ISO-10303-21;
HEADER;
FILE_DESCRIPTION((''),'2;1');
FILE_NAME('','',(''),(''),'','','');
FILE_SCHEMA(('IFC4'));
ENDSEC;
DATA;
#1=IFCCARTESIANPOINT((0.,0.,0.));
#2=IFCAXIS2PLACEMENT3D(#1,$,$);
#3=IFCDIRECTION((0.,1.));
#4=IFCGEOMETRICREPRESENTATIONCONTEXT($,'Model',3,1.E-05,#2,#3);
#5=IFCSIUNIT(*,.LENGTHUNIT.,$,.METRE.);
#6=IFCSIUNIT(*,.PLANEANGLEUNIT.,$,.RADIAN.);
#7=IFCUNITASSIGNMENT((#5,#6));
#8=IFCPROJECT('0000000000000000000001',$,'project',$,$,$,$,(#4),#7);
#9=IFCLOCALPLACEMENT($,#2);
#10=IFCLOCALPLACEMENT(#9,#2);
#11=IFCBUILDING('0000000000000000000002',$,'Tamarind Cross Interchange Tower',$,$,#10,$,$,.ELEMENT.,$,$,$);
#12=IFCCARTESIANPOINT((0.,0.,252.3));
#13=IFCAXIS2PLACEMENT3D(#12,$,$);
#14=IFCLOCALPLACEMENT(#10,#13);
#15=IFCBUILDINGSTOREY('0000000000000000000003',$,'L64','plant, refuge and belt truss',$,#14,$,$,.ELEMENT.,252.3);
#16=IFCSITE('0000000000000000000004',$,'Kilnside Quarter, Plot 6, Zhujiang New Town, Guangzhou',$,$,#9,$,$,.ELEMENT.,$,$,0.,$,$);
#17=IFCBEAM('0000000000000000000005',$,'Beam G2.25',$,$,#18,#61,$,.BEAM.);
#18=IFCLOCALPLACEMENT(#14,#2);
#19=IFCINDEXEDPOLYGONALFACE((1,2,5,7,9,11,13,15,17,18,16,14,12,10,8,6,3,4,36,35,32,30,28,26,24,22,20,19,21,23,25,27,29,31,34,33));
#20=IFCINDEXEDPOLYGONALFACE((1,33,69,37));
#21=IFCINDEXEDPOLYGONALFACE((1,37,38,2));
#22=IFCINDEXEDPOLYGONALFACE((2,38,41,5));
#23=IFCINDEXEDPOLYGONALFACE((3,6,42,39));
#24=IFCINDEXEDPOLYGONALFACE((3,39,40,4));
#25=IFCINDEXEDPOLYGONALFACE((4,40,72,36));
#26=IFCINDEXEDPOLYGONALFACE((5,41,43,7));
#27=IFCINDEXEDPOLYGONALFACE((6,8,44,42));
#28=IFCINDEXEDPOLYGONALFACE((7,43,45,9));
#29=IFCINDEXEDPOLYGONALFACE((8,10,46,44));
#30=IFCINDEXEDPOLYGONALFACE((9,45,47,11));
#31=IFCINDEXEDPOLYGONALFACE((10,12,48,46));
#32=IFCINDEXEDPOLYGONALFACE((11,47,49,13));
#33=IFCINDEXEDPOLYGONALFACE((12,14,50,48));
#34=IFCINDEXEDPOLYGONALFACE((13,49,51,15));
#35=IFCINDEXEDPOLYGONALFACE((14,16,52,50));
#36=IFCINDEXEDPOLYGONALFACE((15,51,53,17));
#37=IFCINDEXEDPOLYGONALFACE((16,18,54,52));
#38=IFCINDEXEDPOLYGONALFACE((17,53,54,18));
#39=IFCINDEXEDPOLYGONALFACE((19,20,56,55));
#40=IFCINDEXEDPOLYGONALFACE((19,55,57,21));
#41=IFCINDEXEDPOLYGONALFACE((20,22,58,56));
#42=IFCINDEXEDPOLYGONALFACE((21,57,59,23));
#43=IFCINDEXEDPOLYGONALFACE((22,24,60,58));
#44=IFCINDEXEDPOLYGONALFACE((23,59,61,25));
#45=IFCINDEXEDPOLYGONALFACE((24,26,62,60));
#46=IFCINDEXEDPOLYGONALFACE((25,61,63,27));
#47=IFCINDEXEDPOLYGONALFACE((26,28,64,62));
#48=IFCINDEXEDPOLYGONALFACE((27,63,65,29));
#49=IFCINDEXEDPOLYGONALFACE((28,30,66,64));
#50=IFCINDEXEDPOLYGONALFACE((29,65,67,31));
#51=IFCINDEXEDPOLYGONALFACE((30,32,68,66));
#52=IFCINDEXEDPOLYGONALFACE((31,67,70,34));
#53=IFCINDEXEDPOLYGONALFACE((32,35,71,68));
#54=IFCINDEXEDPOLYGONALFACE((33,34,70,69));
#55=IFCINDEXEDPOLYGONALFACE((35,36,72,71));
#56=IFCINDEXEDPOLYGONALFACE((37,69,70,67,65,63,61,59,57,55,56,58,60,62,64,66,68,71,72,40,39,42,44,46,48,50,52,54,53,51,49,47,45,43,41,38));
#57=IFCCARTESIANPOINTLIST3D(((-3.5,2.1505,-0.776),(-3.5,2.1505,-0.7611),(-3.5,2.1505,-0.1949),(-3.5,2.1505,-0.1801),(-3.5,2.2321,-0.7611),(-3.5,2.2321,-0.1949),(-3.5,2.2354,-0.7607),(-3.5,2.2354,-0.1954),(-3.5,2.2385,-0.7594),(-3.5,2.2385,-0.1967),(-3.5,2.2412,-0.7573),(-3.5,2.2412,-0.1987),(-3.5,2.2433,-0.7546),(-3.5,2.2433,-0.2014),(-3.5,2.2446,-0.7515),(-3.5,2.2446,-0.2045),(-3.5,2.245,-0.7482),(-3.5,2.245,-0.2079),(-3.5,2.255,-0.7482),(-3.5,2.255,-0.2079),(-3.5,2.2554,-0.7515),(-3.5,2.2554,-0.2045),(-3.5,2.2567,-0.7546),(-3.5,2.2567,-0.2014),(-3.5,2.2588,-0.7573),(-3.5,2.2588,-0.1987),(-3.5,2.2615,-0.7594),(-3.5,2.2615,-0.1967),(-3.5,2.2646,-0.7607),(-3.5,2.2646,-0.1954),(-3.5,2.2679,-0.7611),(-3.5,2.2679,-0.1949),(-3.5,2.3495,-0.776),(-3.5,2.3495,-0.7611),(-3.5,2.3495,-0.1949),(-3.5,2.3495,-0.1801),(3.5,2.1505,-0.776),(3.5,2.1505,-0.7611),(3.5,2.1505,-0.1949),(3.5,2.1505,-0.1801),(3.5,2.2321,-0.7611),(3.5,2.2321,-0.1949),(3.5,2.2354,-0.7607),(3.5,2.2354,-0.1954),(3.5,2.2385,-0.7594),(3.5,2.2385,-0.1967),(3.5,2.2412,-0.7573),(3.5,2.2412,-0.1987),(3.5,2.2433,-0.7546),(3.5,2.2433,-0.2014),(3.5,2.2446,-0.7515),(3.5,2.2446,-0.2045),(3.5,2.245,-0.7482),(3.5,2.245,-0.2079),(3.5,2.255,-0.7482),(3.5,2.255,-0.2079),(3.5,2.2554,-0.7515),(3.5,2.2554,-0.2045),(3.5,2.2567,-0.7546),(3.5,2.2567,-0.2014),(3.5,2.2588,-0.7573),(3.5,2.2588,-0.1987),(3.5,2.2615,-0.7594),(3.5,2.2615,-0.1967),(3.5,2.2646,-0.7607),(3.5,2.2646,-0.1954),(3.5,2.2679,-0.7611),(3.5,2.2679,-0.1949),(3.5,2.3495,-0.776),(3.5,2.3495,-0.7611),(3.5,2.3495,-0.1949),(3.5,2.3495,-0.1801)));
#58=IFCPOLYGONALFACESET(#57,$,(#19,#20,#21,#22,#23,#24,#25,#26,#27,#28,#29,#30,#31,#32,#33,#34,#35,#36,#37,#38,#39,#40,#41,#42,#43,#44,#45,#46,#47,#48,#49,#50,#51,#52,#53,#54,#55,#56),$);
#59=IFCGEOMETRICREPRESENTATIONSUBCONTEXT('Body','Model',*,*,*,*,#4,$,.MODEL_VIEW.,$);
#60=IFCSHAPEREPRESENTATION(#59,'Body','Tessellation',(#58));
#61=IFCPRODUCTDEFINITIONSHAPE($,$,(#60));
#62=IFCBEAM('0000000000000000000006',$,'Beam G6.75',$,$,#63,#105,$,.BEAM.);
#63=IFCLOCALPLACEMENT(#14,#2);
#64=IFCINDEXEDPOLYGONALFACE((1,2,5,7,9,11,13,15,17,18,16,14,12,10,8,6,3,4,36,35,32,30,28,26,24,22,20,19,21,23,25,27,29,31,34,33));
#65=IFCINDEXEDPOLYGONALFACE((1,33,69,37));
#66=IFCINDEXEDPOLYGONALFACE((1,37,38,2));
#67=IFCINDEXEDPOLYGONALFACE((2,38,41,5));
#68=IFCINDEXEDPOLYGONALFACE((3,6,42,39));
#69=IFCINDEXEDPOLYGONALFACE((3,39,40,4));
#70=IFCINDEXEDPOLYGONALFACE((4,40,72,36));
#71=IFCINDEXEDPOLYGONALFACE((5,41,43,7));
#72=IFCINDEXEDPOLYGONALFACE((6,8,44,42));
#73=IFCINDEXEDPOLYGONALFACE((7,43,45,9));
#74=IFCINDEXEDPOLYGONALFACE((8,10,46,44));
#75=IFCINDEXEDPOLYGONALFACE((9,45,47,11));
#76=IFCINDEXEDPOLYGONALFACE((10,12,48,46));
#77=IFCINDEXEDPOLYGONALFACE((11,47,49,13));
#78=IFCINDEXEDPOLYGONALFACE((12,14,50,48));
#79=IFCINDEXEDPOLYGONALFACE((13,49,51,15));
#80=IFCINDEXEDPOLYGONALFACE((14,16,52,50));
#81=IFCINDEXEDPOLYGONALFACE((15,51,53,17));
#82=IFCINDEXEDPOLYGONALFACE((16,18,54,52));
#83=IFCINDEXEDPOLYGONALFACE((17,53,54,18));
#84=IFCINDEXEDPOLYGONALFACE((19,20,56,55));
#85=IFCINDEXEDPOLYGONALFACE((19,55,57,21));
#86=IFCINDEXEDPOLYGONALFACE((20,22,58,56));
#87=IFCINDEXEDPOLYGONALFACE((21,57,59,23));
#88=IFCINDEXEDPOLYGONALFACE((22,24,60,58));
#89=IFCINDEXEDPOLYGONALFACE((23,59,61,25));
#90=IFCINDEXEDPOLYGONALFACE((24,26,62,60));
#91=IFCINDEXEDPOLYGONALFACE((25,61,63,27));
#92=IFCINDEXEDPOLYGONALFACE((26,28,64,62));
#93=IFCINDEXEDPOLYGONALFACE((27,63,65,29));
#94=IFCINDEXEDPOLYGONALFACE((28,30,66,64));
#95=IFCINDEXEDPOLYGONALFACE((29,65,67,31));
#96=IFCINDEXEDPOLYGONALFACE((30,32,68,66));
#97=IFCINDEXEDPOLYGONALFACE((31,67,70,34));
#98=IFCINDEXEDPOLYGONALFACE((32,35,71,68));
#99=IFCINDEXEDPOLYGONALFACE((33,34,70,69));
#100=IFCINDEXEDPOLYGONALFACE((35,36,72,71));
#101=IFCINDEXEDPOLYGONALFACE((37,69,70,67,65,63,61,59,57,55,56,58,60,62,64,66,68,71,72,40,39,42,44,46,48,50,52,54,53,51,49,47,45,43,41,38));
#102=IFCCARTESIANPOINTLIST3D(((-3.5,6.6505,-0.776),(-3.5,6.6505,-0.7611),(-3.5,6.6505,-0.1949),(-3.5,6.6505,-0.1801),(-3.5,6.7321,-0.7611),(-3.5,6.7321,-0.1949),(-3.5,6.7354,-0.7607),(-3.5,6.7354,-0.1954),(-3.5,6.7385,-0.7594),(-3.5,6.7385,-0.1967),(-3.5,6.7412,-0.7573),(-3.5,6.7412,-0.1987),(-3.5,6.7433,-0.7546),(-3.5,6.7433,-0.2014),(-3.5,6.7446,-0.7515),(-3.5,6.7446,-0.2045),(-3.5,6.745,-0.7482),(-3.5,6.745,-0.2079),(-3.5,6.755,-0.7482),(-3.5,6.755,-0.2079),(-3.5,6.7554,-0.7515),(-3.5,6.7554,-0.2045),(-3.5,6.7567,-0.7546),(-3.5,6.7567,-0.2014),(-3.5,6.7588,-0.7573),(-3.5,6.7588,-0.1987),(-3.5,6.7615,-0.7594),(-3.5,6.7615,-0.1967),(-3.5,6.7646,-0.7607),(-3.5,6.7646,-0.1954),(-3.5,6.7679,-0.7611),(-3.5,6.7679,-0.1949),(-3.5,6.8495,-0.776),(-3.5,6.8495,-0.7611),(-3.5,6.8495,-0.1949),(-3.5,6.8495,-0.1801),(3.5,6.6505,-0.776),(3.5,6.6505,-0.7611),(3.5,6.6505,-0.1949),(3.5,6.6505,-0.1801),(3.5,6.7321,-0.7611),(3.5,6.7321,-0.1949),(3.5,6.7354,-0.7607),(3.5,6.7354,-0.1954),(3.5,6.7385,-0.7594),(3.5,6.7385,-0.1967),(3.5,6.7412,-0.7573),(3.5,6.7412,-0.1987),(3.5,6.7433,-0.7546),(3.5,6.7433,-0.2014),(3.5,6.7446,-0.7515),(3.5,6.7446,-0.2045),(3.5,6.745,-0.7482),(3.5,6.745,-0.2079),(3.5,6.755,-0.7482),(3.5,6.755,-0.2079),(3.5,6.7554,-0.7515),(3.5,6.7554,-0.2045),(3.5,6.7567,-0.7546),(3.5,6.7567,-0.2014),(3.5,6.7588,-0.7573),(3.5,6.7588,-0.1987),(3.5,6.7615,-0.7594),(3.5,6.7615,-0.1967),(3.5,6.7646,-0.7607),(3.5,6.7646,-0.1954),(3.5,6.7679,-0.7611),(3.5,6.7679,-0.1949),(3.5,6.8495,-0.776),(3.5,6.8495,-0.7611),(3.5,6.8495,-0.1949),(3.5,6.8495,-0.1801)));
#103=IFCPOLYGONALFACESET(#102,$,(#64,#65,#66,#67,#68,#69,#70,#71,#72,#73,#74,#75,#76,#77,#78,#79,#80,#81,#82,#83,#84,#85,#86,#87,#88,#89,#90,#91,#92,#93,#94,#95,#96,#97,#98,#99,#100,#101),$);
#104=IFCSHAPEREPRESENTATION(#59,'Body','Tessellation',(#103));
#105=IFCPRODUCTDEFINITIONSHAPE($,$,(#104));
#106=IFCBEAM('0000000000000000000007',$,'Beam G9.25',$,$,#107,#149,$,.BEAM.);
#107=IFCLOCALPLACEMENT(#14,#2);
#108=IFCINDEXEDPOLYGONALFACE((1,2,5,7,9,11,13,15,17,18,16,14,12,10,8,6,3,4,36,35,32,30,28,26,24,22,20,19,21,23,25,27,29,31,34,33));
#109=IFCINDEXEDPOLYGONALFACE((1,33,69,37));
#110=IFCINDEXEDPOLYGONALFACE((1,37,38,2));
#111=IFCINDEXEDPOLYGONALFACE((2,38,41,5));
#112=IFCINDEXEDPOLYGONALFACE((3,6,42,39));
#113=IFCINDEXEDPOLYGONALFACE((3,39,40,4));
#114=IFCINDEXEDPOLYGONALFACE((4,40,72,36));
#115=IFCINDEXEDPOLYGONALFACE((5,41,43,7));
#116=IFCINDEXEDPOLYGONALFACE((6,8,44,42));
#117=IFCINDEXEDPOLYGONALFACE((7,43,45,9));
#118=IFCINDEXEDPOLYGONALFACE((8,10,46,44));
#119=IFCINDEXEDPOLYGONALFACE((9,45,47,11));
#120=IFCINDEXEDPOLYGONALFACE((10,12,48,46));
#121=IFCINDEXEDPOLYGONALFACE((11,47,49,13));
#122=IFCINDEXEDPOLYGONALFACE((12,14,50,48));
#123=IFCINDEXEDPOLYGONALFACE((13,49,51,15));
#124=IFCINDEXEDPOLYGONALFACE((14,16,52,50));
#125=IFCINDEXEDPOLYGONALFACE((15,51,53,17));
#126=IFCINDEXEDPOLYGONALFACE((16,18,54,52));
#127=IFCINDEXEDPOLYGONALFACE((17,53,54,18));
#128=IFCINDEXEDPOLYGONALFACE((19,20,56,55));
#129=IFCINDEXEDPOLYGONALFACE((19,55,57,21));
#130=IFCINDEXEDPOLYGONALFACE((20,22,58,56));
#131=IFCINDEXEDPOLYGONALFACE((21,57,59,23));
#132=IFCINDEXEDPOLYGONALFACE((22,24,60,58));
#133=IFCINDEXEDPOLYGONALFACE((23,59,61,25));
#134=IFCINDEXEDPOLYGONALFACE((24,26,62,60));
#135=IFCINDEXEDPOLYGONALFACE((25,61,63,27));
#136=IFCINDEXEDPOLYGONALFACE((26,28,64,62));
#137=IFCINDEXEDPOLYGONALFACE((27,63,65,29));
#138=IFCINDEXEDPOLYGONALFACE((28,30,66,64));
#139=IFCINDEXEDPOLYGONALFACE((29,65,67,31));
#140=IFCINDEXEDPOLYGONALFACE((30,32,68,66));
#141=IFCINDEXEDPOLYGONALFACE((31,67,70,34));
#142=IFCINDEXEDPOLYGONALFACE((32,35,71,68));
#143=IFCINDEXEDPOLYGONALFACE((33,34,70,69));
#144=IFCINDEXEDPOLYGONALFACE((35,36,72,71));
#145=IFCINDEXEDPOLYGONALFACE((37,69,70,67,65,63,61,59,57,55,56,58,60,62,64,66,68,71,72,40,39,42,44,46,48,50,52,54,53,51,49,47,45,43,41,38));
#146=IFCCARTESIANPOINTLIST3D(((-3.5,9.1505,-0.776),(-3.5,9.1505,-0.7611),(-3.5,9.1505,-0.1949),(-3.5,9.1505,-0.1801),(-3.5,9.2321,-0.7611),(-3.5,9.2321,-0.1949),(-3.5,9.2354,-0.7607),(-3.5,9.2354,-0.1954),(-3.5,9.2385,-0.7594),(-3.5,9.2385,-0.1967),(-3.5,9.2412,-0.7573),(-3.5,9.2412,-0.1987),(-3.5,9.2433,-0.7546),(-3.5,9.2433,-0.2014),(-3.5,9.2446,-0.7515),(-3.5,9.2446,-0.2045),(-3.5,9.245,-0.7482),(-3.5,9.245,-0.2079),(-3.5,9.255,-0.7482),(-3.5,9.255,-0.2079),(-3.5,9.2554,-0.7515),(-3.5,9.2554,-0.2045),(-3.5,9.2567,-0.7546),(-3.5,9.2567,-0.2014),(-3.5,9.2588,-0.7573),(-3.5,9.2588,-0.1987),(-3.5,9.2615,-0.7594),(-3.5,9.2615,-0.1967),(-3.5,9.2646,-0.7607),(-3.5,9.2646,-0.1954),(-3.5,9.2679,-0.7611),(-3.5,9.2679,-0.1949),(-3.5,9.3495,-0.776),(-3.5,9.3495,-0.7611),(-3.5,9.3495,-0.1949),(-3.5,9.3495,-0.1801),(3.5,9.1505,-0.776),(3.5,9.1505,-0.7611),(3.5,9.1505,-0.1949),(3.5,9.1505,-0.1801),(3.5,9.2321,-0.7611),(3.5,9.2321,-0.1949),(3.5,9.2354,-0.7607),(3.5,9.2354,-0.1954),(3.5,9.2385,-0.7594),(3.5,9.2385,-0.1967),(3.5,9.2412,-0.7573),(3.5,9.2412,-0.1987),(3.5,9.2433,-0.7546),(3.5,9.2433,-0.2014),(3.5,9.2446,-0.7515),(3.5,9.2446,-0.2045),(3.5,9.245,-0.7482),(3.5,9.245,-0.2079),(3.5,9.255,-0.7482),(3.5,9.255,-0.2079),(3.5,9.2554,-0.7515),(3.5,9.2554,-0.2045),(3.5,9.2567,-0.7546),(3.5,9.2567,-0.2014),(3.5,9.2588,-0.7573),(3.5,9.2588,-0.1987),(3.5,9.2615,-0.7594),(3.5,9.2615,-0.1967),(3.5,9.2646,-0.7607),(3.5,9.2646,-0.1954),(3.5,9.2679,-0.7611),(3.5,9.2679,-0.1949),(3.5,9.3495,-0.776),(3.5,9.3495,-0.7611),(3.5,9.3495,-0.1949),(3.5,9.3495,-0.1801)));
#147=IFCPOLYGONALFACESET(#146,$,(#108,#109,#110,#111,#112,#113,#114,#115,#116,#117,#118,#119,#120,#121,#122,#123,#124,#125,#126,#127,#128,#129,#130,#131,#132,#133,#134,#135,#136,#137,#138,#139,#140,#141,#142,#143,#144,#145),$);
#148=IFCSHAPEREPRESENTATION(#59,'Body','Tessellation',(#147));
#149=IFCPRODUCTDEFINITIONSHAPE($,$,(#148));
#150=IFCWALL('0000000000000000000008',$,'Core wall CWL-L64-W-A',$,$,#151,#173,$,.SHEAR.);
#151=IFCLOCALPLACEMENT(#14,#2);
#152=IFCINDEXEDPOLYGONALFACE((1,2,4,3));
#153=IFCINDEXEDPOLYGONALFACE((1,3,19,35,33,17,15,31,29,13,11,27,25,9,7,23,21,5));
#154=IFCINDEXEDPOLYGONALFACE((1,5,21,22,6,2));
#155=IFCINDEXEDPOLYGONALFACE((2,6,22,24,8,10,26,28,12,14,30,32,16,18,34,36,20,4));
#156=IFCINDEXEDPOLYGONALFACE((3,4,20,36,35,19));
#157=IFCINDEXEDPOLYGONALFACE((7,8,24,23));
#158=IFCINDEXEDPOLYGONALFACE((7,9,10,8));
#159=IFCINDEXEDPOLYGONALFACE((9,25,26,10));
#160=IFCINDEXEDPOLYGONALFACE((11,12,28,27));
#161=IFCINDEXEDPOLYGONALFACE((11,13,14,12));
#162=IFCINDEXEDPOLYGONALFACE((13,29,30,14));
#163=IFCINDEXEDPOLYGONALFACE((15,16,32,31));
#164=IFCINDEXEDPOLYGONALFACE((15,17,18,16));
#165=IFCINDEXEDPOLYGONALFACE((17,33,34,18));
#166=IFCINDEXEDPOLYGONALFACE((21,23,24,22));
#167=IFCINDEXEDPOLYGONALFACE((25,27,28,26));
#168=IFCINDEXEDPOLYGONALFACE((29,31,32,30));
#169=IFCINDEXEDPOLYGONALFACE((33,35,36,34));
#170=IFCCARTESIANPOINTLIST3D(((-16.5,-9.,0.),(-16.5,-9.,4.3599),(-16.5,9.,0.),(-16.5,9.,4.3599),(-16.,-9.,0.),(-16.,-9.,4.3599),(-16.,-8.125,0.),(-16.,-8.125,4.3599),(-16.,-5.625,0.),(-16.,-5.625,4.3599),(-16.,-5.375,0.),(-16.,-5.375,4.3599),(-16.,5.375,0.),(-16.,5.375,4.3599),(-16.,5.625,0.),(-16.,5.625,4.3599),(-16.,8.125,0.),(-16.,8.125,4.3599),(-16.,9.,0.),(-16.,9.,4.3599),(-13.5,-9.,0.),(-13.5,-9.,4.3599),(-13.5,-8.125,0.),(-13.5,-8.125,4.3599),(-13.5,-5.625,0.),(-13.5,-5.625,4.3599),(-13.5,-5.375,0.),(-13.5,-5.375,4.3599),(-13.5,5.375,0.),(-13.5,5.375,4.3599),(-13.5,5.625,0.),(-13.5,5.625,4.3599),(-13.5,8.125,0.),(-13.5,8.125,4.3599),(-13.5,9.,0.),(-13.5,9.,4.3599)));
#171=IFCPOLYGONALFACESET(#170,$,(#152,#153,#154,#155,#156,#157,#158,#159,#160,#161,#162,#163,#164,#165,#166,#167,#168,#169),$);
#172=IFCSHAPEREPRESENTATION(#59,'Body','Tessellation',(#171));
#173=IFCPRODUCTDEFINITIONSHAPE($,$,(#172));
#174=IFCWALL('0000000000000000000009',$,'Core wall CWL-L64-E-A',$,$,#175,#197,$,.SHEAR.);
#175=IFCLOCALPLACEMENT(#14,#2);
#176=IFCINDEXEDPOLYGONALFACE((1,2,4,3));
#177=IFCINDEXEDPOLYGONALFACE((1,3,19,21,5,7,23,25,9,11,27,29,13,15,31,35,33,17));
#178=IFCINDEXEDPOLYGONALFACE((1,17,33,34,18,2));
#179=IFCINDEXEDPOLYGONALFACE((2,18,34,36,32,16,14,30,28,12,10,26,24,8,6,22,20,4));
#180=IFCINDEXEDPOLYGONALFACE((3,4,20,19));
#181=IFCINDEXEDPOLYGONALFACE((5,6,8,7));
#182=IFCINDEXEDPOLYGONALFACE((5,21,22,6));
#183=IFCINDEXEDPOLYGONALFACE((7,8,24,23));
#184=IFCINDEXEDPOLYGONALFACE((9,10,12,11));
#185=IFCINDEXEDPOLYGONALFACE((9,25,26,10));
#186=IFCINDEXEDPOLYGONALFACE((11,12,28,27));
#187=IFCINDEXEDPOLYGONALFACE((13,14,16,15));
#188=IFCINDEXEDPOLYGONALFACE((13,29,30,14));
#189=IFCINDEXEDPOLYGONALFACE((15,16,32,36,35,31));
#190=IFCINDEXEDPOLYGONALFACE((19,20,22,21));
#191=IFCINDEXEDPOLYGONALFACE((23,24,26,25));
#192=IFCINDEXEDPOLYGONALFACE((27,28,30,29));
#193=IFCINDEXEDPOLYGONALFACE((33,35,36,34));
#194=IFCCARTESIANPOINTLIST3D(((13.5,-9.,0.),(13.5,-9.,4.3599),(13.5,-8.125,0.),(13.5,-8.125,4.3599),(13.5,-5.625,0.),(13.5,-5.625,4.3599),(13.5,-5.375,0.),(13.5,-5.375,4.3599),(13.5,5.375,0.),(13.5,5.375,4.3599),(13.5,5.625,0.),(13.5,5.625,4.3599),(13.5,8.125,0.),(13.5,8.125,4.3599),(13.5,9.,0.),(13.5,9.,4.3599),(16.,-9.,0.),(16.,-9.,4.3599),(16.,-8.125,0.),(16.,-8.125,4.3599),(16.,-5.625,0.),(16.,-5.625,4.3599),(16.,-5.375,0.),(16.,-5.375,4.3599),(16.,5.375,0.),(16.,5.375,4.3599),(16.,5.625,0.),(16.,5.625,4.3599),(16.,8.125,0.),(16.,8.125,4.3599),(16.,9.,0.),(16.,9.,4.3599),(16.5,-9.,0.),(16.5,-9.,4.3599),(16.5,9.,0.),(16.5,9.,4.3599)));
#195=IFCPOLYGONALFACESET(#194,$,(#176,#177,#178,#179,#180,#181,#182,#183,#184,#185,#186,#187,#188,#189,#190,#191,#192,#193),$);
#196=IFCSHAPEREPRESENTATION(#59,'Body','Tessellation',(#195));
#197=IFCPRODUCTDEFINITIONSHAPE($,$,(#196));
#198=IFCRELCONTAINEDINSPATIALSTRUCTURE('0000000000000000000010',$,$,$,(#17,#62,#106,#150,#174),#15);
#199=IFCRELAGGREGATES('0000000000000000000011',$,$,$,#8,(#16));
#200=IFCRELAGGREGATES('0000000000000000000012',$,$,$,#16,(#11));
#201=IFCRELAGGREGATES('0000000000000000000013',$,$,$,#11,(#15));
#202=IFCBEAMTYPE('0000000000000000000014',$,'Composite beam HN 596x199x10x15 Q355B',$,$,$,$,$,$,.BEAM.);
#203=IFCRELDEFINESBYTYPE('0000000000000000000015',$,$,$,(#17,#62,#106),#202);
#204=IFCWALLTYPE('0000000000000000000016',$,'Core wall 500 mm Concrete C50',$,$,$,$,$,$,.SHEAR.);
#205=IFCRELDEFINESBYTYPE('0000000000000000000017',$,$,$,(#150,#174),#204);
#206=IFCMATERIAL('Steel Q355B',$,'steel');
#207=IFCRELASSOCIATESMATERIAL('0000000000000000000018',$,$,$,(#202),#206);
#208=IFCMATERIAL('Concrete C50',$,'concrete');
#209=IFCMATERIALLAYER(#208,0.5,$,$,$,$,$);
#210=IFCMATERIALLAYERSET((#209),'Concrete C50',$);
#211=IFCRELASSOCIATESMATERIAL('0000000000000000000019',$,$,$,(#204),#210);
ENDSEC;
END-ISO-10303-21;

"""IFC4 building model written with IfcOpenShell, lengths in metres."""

from ifc_helpers import new_model, si_unit, direction, frame, origin, origin_2d, place, context, subcontext, project, spatial, polyline, i_section, outline, extrude, material, layer, layer_set, material_profile, profile_set, type_object, element, save


model = new_model("IFC4")

# Units and contexts
model_context = context("Model", 3, precision=1e-05, world=origin(), true_north=direction((0.0, 1.0)))
body_context = subcontext(model_context, "Body", "Model", "MODEL_VIEW")
ifc_project = project(units=[si_unit("LENGTHUNIT", "METRE"), si_unit("PLANEANGLEUNIT", "RADIAN")], contexts=[model_context])

# Site, building, storey
site_placement = place(None, origin())
site = spatial("IfcSite", under=ifc_project, at=site_placement, Name="Kilnside Quarter, Plot 6, Zhujiang New Town, Guangzhou", CompositionType="ELEMENT", RefElevation=0.0)
building_placement = place(site_placement, origin())
building = spatial("IfcBuilding", under=site, at=building_placement, Name="Tamarind Cross Interchange Tower", CompositionType="ELEMENT")
storey_placement = place(building_placement, frame((0.0, 0.0, 252.3)))
storey = spatial("IfcBuildingStorey", under=building, at=storey_placement, Name="L64", Description="plant, refuge and belt truss", CompositionType="ELEMENT", Elevation=252.3)

# Beams
ifc_material_1 = material(Name="Steel Q355B", Category="steel")
ifc_material_profile = material_profile(ifc_material_1, i_section(OverallWidth=0.199, OverallDepth=0.5959, WebThickness=0.01, FlangeThickness=0.0149, FilletRadius=0.0129, at=origin_2d()), Name="HN 596x199x10x15")
ifc_profile_set = profile_set([ifc_material_profile], Name="Steel Q355B")
beam_type = type_object("IfcBeamType", Name="Composite beam HN 596x199x10x15 Q355B", PredefinedType="BEAM", material=ifc_profile_set)
for number, where, z_axis, x_axis, name in (
    (1, (-3.5, 2.25, -0.478), (1.0, 0.0, 0.0), (0.0, 1.0, 0.0), "Beam G2.25"),
    (2, (-3.5, 6.75, -0.478), (1.0, 0.0, 0.0), (0.0, 1.0, 0.0), "Beam G6.75"),
    (3, (-3.5, 9.25, -0.478), (1.0, 0.0, 0.0), (0.0, 1.0, 0.0), "Beam G9.25"),
):
    element("IfcBeam", number, at=place(storey_placement, frame(where, z_axis=z_axis, x_axis=x_axis)), inside=storey, type_object=beam_type, Name=name, PredefinedType="BEAM", context=body_context, shape_type="SweptSolid", body=[
        extrude(i_section(OverallWidth=0.199, OverallDepth=0.5959, WebThickness=0.01, FlangeThickness=0.0149, FilletRadius=0.0129, at=origin_2d()), origin(), (0.0, 0.0, 1.0), 7.0),
    ])

# Walls
ifc_material_2 = material(Name="Concrete C50", Category="concrete")
ifc_layer_1 = layer(ifc_material_2, 0.5)
ifc_layer_set_1 = layer_set([ifc_layer_1], Name="Concrete C50")
wall_type_1 = type_object("IfcWallType", Name="Core wall 500 mm Concrete C50", PredefinedType="SHEAR", material=ifc_layer_set_1)
wall_1_placement = place(storey_placement, origin())
element("IfcWall", 4, at=wall_1_placement, inside=storey, type_object=wall_type_1, Name="Core wall CWL-L64-W-A", PredefinedType="SHEAR", context=body_context, shape_type="SweptSolid", body=[
    extrude(outline(polyline([(-13.5, -8.125), (-16.0, -8.125), (-16.0, -5.625), (-13.5, -5.625), (-13.5, -5.375), (-16.0, -5.375), (-16.0, 5.375), (-13.5, 5.375), (-13.5, 5.625), (-16.0, 5.625), (-16.0, 8.125), (-13.5, 8.125), (-13.5, 9.0), (-16.0, 9.0), (-16.5, 9.0), (-16.5, -9.0), (-16.0, -9.0), (-13.5, -9.0), (-13.5, -8.125)])), origin(), (0.0, 0.0, 1.0), 4.3599),
])
wall_2_placement = place(storey_placement, origin())
element("IfcWall", 5, at=wall_2_placement, inside=storey, type_object=wall_type_1, Name="Core wall CWL-L64-E-A", PredefinedType="SHEAR", context=body_context, shape_type="SweptSolid", body=[
    extrude(outline(polyline([(13.5, -8.125), (13.5, -9.0), (16.0, -9.0), (16.5, -9.0), (16.5, 9.0), (16.0, 9.0), (13.5, 9.0), (13.5, 8.125), (16.0, 8.125), (16.0, 5.625), (13.5, 5.625), (13.5, 5.375), (16.0, 5.375), (16.0, -5.375), (13.5, -5.375), (13.5, -5.625), (16.0, -5.625), (16.0, -8.125), (13.5, -8.125)])), origin(), (0.0, 0.0, 1.0), 4.3599),
])

save(model, "model.ifc")
